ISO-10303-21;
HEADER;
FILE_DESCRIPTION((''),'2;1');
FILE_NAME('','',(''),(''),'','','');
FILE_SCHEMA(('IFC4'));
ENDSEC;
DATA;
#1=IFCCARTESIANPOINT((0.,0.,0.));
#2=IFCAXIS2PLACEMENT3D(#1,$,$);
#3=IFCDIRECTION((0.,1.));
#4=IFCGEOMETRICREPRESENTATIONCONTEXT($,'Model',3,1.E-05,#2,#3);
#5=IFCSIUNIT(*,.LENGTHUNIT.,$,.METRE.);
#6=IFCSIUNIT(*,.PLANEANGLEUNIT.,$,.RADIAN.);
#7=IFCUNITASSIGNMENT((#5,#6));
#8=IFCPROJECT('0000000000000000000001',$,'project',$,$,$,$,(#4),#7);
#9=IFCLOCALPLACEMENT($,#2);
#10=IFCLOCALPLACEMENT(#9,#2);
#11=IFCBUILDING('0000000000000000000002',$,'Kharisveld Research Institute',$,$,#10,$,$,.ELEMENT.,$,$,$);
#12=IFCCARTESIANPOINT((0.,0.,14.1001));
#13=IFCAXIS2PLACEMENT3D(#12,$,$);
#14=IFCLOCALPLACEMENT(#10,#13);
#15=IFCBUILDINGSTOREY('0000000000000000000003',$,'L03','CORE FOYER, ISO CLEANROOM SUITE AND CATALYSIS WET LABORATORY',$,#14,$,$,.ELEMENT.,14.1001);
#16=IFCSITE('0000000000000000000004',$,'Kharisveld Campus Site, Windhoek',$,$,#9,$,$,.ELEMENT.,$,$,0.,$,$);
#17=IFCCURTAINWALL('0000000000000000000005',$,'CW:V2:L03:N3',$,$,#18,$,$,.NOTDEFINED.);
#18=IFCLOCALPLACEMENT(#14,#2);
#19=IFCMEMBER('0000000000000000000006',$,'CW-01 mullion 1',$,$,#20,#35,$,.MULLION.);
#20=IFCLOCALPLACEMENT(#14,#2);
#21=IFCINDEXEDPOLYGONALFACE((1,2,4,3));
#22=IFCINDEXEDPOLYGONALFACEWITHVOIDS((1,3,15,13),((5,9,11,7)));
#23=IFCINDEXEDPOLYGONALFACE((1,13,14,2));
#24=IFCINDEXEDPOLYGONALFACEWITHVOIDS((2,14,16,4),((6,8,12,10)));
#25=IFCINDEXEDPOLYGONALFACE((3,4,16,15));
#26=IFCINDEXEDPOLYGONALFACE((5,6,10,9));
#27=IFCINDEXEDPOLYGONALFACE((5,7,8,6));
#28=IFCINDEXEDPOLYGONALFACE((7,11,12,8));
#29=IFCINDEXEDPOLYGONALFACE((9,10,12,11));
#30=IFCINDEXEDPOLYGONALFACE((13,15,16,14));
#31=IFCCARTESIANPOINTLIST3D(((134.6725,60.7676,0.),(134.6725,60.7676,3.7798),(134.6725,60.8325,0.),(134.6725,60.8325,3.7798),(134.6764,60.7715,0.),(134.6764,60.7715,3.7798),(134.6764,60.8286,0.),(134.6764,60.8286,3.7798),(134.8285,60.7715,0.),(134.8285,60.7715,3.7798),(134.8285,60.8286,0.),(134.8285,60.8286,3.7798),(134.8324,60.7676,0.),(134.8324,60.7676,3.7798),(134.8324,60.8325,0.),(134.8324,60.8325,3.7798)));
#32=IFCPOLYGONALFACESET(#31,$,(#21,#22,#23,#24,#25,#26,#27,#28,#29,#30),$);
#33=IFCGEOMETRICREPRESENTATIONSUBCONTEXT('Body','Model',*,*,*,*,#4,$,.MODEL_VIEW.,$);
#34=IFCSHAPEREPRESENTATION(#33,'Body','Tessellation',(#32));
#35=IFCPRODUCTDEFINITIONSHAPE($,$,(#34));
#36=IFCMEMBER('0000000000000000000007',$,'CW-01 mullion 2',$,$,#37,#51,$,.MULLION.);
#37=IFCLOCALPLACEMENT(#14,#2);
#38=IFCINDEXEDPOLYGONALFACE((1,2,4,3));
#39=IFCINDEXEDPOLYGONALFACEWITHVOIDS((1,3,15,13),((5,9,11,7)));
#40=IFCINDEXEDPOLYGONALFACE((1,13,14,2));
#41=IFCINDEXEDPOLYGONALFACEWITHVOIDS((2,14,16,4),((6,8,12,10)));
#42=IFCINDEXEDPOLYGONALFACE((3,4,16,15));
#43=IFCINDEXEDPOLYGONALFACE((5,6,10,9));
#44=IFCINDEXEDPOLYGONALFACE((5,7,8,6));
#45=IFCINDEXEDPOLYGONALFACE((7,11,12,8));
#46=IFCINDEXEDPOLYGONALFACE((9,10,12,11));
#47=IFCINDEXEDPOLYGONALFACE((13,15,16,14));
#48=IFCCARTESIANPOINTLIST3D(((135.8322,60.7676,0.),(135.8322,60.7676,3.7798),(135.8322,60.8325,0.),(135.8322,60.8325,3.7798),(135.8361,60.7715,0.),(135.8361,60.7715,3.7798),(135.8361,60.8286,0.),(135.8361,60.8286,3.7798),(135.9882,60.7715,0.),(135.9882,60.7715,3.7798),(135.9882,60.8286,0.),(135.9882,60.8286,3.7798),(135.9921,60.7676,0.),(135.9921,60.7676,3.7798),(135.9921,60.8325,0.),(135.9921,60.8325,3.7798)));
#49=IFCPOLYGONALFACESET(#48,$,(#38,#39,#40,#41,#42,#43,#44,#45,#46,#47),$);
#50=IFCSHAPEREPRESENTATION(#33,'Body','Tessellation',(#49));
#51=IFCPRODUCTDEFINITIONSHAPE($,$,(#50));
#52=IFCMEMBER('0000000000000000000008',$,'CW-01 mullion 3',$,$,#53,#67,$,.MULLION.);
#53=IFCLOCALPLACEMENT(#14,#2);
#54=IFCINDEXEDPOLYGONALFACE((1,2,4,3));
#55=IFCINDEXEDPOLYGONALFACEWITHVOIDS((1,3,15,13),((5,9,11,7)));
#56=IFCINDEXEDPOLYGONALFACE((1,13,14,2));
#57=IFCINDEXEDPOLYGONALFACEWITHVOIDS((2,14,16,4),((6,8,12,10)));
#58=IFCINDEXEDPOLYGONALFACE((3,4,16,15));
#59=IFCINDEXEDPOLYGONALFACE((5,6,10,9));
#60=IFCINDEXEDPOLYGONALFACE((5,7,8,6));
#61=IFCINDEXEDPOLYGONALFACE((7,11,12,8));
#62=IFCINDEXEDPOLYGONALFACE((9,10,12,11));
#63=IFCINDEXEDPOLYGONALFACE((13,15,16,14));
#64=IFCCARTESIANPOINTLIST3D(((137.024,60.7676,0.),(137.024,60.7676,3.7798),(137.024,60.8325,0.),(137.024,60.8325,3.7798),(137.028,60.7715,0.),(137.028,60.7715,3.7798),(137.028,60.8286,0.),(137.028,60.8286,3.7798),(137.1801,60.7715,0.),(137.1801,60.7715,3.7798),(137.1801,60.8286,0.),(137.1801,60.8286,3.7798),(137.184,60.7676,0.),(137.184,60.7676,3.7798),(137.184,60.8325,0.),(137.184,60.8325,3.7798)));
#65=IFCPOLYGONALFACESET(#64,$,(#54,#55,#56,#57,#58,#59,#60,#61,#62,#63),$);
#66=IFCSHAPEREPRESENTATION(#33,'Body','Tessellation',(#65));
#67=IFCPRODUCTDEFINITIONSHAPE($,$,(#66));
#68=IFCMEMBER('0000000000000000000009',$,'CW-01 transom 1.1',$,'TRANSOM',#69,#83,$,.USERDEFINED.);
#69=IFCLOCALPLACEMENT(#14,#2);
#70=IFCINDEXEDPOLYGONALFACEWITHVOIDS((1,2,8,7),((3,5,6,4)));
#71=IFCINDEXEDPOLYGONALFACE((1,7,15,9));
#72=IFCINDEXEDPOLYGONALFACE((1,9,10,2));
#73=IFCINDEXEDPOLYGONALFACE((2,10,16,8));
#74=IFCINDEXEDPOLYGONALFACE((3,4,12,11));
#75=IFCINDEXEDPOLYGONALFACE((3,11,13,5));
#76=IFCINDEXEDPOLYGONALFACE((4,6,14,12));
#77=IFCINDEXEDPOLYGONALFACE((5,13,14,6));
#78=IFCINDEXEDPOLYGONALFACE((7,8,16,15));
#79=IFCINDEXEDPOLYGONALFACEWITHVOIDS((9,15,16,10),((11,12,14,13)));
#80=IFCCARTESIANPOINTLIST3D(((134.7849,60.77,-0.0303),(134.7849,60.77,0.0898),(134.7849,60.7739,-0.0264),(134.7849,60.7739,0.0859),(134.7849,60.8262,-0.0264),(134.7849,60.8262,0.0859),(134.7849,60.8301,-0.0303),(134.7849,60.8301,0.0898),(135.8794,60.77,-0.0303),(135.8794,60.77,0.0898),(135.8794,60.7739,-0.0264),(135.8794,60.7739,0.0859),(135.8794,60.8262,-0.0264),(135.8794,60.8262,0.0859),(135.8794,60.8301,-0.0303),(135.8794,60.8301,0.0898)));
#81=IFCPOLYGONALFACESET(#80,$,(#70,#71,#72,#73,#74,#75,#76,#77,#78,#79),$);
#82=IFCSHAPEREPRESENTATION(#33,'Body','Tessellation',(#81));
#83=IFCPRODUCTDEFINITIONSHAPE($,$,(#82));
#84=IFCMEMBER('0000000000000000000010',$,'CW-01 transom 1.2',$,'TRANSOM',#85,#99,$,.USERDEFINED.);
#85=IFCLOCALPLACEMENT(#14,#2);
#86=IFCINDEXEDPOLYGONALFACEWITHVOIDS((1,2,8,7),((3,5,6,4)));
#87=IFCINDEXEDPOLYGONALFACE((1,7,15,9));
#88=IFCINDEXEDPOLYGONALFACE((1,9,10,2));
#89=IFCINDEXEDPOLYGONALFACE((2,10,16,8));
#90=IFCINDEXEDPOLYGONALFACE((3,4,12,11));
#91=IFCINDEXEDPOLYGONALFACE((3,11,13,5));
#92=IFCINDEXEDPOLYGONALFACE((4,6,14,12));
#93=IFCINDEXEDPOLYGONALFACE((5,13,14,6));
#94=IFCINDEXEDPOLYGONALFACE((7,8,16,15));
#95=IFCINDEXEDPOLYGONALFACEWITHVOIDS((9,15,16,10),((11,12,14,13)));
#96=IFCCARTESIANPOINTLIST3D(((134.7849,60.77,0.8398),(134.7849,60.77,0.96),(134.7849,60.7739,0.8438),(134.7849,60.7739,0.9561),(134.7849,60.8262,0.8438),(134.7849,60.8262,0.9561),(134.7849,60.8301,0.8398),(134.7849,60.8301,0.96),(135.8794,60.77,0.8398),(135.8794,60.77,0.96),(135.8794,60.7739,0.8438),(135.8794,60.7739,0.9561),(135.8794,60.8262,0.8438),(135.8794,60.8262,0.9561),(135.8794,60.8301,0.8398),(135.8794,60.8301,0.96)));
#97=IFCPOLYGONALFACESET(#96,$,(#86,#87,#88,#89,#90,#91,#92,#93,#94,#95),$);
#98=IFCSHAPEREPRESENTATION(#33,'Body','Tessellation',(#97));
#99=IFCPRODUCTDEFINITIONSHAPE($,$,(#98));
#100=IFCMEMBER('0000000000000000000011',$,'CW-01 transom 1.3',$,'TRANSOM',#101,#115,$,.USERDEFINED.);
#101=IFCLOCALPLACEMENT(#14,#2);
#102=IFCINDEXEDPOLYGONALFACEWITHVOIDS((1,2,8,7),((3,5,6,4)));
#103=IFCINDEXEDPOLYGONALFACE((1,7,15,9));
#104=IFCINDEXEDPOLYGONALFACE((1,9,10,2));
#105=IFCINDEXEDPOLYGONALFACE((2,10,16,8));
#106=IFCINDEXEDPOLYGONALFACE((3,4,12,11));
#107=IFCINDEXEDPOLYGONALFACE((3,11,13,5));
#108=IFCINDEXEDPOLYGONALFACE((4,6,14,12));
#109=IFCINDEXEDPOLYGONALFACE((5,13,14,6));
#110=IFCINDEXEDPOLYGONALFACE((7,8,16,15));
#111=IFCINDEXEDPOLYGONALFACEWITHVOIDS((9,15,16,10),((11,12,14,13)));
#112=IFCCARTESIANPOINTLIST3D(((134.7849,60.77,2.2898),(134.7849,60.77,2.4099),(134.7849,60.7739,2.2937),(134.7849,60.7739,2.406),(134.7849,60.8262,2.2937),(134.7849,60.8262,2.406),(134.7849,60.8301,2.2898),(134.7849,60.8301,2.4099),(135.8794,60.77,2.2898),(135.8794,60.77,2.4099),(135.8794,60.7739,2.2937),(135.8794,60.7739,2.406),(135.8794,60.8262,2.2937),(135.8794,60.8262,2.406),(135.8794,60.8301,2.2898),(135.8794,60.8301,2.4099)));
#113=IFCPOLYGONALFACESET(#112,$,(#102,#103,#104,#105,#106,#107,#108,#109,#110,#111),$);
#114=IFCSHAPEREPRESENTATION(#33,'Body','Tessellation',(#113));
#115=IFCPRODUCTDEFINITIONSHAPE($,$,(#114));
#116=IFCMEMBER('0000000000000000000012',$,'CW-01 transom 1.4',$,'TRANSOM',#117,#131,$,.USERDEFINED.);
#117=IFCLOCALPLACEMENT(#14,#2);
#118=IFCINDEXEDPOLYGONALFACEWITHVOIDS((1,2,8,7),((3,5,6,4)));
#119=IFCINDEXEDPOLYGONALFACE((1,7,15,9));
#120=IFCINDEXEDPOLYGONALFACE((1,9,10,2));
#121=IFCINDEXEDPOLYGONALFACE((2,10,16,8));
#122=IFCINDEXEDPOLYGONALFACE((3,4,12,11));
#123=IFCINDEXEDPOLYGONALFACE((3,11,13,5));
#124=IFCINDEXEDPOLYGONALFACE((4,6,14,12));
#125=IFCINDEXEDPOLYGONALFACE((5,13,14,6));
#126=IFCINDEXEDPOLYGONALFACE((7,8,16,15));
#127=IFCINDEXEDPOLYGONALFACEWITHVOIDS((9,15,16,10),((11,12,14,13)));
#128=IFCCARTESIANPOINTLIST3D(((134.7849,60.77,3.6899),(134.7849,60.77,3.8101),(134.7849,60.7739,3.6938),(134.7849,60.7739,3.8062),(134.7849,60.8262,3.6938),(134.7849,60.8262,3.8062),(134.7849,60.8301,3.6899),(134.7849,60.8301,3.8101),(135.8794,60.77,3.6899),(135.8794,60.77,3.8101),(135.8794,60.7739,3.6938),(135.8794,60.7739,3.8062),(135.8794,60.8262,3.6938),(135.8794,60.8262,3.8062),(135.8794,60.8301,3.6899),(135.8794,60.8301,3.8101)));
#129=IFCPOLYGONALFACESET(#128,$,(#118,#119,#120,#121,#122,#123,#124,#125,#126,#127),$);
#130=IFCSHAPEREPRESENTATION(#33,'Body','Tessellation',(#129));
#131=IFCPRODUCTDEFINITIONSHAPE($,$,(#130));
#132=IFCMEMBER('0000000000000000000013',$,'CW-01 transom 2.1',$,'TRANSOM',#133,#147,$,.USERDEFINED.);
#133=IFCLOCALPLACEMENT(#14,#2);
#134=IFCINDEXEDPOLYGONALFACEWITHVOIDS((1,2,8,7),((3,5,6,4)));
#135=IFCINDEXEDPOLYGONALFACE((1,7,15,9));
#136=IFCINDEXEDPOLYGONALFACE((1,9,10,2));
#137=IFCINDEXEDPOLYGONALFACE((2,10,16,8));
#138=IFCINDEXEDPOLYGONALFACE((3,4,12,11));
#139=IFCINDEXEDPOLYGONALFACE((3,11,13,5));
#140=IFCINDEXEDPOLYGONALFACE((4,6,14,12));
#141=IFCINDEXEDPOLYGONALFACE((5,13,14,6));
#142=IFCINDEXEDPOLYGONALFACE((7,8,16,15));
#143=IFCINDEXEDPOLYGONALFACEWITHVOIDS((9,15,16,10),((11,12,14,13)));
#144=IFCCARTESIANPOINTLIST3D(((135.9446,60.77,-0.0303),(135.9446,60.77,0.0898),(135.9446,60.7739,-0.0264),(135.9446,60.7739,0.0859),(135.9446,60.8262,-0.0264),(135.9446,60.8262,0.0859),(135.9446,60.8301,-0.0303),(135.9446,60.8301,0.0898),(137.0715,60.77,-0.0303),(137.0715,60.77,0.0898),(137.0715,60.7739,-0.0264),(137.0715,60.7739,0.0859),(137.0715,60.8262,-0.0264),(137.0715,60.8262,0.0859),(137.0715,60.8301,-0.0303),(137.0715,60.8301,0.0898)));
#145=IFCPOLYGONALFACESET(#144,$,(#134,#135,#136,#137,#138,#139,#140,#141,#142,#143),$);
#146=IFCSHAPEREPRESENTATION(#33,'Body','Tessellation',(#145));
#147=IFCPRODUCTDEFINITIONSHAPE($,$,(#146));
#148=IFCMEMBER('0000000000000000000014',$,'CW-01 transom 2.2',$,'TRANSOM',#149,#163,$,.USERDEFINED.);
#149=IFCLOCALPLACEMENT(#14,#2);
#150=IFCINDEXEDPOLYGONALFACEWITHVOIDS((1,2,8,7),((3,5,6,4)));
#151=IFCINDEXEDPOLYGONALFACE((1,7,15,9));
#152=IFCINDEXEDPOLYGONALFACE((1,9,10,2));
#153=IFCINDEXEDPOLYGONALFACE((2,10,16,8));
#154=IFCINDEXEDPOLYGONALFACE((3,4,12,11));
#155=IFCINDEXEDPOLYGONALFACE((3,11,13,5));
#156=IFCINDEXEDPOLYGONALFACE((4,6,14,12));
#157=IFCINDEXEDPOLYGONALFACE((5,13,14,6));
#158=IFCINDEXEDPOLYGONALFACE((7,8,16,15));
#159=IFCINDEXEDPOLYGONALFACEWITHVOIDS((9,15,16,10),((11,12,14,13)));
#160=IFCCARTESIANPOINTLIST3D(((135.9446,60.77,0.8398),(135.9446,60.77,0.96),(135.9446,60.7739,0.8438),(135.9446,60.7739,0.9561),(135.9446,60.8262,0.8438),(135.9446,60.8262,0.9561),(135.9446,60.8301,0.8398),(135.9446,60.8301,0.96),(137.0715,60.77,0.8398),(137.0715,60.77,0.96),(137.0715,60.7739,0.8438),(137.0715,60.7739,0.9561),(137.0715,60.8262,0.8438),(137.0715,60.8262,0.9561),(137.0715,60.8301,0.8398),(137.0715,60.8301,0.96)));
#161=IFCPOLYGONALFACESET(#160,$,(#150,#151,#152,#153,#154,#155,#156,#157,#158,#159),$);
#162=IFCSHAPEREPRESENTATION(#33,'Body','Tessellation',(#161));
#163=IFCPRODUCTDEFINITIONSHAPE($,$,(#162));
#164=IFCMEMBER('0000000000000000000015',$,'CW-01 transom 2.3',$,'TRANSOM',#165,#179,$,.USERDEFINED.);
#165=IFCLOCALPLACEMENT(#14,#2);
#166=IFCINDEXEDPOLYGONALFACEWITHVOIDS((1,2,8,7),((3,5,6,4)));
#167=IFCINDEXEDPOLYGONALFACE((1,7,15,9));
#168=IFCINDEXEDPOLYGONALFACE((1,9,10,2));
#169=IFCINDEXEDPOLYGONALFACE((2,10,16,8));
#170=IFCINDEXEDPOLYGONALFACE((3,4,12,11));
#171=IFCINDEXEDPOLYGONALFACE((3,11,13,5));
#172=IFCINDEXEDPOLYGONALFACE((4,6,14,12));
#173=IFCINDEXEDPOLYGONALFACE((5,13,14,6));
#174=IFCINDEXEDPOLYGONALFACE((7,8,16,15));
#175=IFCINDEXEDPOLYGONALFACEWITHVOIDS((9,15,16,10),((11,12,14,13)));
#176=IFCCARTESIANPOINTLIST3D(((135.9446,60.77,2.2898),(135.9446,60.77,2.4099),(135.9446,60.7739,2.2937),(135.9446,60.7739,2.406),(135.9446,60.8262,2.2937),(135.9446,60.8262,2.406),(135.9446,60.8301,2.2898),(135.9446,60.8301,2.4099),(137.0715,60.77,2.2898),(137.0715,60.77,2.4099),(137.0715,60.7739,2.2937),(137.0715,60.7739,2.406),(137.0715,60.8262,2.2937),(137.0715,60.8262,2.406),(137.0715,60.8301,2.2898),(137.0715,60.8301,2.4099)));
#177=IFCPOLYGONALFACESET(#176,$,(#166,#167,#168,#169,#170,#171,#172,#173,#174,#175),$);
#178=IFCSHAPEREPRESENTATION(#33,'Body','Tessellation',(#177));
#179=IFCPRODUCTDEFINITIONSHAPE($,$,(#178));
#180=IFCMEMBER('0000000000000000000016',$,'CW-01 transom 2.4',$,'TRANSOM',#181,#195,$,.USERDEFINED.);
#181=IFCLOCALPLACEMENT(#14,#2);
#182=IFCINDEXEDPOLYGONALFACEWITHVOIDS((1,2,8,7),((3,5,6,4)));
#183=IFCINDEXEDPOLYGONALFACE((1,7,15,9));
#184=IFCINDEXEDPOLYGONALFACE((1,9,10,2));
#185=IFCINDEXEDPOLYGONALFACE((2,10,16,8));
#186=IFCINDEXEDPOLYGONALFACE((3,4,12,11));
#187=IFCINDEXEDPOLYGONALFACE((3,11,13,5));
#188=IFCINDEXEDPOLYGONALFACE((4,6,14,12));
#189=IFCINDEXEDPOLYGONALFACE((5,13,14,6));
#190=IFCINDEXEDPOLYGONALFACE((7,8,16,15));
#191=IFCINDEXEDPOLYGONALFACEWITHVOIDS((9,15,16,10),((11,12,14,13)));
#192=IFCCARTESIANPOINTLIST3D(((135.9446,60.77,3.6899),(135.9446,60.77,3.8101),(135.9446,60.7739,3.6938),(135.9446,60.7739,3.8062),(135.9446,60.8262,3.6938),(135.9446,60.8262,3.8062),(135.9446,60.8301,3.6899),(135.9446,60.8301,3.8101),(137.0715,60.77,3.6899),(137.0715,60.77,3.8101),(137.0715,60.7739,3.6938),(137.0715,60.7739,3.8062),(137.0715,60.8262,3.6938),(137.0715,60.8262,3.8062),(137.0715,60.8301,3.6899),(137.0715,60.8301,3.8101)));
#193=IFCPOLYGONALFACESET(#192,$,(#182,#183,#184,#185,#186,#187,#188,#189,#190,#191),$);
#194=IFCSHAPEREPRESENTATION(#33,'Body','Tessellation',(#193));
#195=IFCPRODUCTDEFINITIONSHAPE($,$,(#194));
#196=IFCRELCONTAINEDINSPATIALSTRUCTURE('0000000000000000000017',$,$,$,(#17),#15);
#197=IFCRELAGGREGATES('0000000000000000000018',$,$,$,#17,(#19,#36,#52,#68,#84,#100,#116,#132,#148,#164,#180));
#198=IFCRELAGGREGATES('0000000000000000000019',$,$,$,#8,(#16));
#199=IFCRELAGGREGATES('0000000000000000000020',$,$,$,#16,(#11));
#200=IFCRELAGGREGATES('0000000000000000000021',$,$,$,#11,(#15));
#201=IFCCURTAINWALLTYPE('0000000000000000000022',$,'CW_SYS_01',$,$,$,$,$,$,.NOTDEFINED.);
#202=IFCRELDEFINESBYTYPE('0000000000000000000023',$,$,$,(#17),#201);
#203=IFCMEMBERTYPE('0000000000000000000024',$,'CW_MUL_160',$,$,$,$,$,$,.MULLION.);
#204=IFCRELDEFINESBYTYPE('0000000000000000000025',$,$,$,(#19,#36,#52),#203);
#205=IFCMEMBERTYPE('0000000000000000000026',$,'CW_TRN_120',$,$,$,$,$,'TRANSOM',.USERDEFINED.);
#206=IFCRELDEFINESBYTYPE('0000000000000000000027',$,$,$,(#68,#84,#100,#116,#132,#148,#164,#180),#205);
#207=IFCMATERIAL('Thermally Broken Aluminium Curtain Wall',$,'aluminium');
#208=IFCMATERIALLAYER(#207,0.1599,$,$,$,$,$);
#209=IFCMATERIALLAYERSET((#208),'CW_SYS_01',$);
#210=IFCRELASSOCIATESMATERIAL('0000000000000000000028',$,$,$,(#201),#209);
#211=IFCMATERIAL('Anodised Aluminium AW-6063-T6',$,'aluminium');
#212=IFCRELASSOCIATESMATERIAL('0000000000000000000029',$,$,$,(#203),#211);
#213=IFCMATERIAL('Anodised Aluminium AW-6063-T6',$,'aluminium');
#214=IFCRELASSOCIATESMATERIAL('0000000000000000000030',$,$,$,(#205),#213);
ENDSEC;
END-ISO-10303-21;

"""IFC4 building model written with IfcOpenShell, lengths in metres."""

from ifc_helpers import new_model, si_unit, direction, frame, origin, origin_2d, place, context, subcontext, project, spatial, hollow_rectangle, extrude, material, layer, layer_set, material_profile, profile_set, type_object, element, aggregate, save


model = new_model("IFC4")

# Units and contexts
model_context = context("Model", 3, precision=1e-05, world=origin(), true_north=direction((0.0, 1.0)))
body_context = subcontext(model_context, "Body", "Model", "MODEL_VIEW")
ifc_project = project(units=[si_unit("LENGTHUNIT", "METRE"), si_unit("PLANEANGLEUNIT", "RADIAN")], contexts=[model_context])

# Site, building, storey
site_placement = place(None, origin())
site = spatial("IfcSite", under=ifc_project, at=site_placement, Name="Kharisveld Campus Site, Windhoek", CompositionType="ELEMENT", RefElevation=0.0)
building_placement = place(site_placement, origin())
building = spatial("IfcBuilding", under=site, at=building_placement, Name="Kharisveld Research Institute", CompositionType="ELEMENT")
storey_placement = place(building_placement, frame((0.0, 0.0, 14.1001)))
storey = spatial("IfcBuildingStorey", under=building, at=storey_placement, Name="L03", Description="CORE FOYER, ISO CLEANROOM SUITE AND CATALYSIS WET LABORATORY", CompositionType="ELEMENT", Elevation=14.1001)

# Curtain wall, members
ifc_material_1 = material(Name="Thermally Broken Aluminium Curtain Wall", Category="aluminium")
ifc_layer_1 = layer(ifc_material_1, 0.1599)
ifc_layer_set_1 = layer_set([ifc_layer_1], Name="CW_SYS_01")
curtain_wall_type = type_object("IfcCurtainWallType", Name="CW_SYS_01", PredefinedType="NOTDEFINED", material=ifc_layer_set_1)
curtain_wall_placement = place(storey_placement, origin())
curtain_wall = element("IfcCurtainWall", 1, at=curtain_wall_placement, inside=storey, type_object=curtain_wall_type, Name="CW:V2:L03:N3", PredefinedType="NOTDEFINED")
ifc_material_2 = material(Name="Anodised Aluminium AW-6063-T6", Category="aluminium")
ifc_material_profile_1 = material_profile(ifc_material_2, hollow_rectangle(XDim=0.0649, YDim=0.1599, WallThickness=0.0039, at=origin_2d()))
ifc_profile_set_1 = profile_set([ifc_material_profile_1], Name="Anodised Aluminium AW-6063-T6")
member_type_1 = type_object("IfcMemberType", Name="CW_MUL_160", PredefinedType="MULLION", material=ifc_profile_set_1)
member_1_placement = place(storey_placement, frame((134.7524, 60.8, 0.0), z_axis=(0.0, 0.0, 1.0), x_axis=(0.0, 1.0, 0.0)))
member_1 = element("IfcMember", 2, at=member_1_placement, type_object=member_type_1, Name="CW-01 mullion 1", PredefinedType="MULLION", context=body_context, shape_type="SweptSolid", body=[
    extrude(hollow_rectangle(XDim=0.0649, YDim=0.1599, WallThickness=0.0039, at=origin_2d()), origin(), (0.0, 0.0, 1.0), 3.7798),
])
member_2_placement = place(storey_placement, frame((135.9121, 60.8, 0.0), z_axis=(0.0, 0.0, 1.0), x_axis=(0.0, 1.0, 0.0)))
member_2 = element("IfcMember", 3, at=member_2_placement, type_object=member_type_1, Name="CW-01 mullion 2", PredefinedType="MULLION", context=body_context, shape_type="SweptSolid", body=[
    extrude(hollow_rectangle(XDim=0.0649, YDim=0.1599, WallThickness=0.0039, at=origin_2d()), origin(), (0.0, 0.0, 1.0), 3.7798),
])
member_3_placement = place(storey_placement, frame((137.104, 60.8, 0.0), z_axis=(0.0, 0.0, 1.0), x_axis=(0.0, 1.0, 0.0)))
member_3 = element("IfcMember", 4, at=member_3_placement, type_object=member_type_1, Name="CW-01 mullion 3", PredefinedType="MULLION", context=body_context, shape_type="SweptSolid", body=[
    extrude(hollow_rectangle(XDim=0.0649, YDim=0.1599, WallThickness=0.0039, at=origin_2d()), origin(), (0.0, 0.0, 1.0), 3.7798),
])
ifc_material_3 = material(Name="Anodised Aluminium AW-6063-T6", Category="aluminium")
ifc_material_profile_2 = material_profile(ifc_material_3, hollow_rectangle(XDim=0.0601, YDim=0.1201, WallThickness=0.0039, at=origin_2d()))
ifc_profile_set_2 = profile_set([ifc_material_profile_2], Name="Anodised Aluminium AW-6063-T6")
member_type_2 = type_object("IfcMemberType", Name="CW_TRN_120", ElementType="TRANSOM", PredefinedType="USERDEFINED", material=ifc_profile_set_2)
member_4_placement = place(storey_placement, frame((134.7849, 60.8, 0.0298), z_axis=(1.0, 0.0, 0.0), x_axis=(0.0, 1.0, 0.0)))
member_4 = element("IfcMember", 5, at=member_4_placement, type_object=member_type_2, Name="CW-01 transom 1.1", ObjectType="TRANSOM", PredefinedType="USERDEFINED", context=body_context, shape_type="SweptSolid", body=[
    extrude(hollow_rectangle(XDim=0.0601, YDim=0.1201, WallThickness=0.0039, at=origin_2d()), origin(), (0.0, 0.0, 1.0), 1.0945),
])
member_5_placement = place(storey_placement, frame((134.7849, 60.8, 0.8999), z_axis=(1.0, 0.0, 0.0), x_axis=(0.0, 1.0, 0.0)))
member_5 = element("IfcMember", 6, at=member_5_placement, type_object=member_type_2, Name="CW-01 transom 1.2", ObjectType="TRANSOM", PredefinedType="USERDEFINED", context=body_context, shape_type="SweptSolid", body=[
    extrude(hollow_rectangle(XDim=0.0601, YDim=0.1201, WallThickness=0.0039, at=origin_2d()), origin(), (0.0, 0.0, 1.0), 1.0945),
])
member_6_placement = place(storey_placement, frame((134.7849, 60.8, 2.3499), z_axis=(1.0, 0.0, 0.0), x_axis=(0.0, 1.0, 0.0)))
member_6 = element("IfcMember", 7, at=member_6_placement, type_object=member_type_2, Name="CW-01 transom 1.3", ObjectType="TRANSOM", PredefinedType="USERDEFINED", context=body_context, shape_type="SweptSolid", body=[
    extrude(hollow_rectangle(XDim=0.0601, YDim=0.1201, WallThickness=0.0039, at=origin_2d()), origin(), (0.0, 0.0, 1.0), 1.0945),
])
member_7_placement = place(storey_placement, frame((134.7849, 60.8, 3.75), z_axis=(1.0, 0.0, 0.0), x_axis=(0.0, 1.0, 0.0)))
member_7 = element("IfcMember", 8, at=member_7_placement, type_object=member_type_2, Name="CW-01 transom 1.4", ObjectType="TRANSOM", PredefinedType="USERDEFINED", context=body_context, shape_type="SweptSolid", body=[
    extrude(hollow_rectangle(XDim=0.0601, YDim=0.1201, WallThickness=0.0039, at=origin_2d()), origin(), (0.0, 0.0, 1.0), 1.0945),
])
member_8_placement = place(storey_placement, frame((135.9446, 60.8, 0.0298), z_axis=(1.0, 0.0, 0.0), x_axis=(0.0, 1.0, 0.0)))
member_8 = element("IfcMember", 9, at=member_8_placement, type_object=member_type_2, Name="CW-01 transom 2.1", ObjectType="TRANSOM", PredefinedType="USERDEFINED", context=body_context, shape_type="SweptSolid", body=[
    extrude(hollow_rectangle(XDim=0.0601, YDim=0.1201, WallThickness=0.0039, at=origin_2d()), origin(), (0.0, 0.0, 1.0), 1.127),
])
member_9_placement = place(storey_placement, frame((135.9446, 60.8, 0.8999), z_axis=(1.0, 0.0, 0.0), x_axis=(0.0, 1.0, 0.0)))
member_9 = element("IfcMember", 10, at=member_9_placement, type_object=member_type_2, Name="CW-01 transom 2.2", ObjectType="TRANSOM", PredefinedType="USERDEFINED", context=body_context, shape_type="SweptSolid", body=[
    extrude(hollow_rectangle(XDim=0.0601, YDim=0.1201, WallThickness=0.0039, at=origin_2d()), origin(), (0.0, 0.0, 1.0), 1.127),
])
member_10_placement = place(storey_placement, frame((135.9446, 60.8, 2.3499), z_axis=(1.0, 0.0, 0.0), x_axis=(0.0, 1.0, 0.0)))
member_10 = element("IfcMember", 11, at=member_10_placement, type_object=member_type_2, Name="CW-01 transom 2.3", ObjectType="TRANSOM", PredefinedType="USERDEFINED", context=body_context, shape_type="SweptSolid", body=[
    extrude(hollow_rectangle(XDim=0.0601, YDim=0.1201, WallThickness=0.0039, at=origin_2d()), origin(), (0.0, 0.0, 1.0), 1.127),
])
member_11_placement = place(storey_placement, frame((135.9446, 60.8, 3.75), z_axis=(1.0, 0.0, 0.0), x_axis=(0.0, 1.0, 0.0)))
member_11 = element("IfcMember", 12, at=member_11_placement, type_object=member_type_2, Name="CW-01 transom 2.4", ObjectType="TRANSOM", PredefinedType="USERDEFINED", context=body_context, shape_type="SweptSolid", body=[
    extrude(hollow_rectangle(XDim=0.0601, YDim=0.1201, WallThickness=0.0039, at=origin_2d()), origin(), (0.0, 0.0, 1.0), 1.127),
])
aggregate(curtain_wall, [member_1, member_2, member_3, member_4, member_5, member_6, member_7, member_8, member_9, member_10, member_11])

save(model, "model.ifc")
